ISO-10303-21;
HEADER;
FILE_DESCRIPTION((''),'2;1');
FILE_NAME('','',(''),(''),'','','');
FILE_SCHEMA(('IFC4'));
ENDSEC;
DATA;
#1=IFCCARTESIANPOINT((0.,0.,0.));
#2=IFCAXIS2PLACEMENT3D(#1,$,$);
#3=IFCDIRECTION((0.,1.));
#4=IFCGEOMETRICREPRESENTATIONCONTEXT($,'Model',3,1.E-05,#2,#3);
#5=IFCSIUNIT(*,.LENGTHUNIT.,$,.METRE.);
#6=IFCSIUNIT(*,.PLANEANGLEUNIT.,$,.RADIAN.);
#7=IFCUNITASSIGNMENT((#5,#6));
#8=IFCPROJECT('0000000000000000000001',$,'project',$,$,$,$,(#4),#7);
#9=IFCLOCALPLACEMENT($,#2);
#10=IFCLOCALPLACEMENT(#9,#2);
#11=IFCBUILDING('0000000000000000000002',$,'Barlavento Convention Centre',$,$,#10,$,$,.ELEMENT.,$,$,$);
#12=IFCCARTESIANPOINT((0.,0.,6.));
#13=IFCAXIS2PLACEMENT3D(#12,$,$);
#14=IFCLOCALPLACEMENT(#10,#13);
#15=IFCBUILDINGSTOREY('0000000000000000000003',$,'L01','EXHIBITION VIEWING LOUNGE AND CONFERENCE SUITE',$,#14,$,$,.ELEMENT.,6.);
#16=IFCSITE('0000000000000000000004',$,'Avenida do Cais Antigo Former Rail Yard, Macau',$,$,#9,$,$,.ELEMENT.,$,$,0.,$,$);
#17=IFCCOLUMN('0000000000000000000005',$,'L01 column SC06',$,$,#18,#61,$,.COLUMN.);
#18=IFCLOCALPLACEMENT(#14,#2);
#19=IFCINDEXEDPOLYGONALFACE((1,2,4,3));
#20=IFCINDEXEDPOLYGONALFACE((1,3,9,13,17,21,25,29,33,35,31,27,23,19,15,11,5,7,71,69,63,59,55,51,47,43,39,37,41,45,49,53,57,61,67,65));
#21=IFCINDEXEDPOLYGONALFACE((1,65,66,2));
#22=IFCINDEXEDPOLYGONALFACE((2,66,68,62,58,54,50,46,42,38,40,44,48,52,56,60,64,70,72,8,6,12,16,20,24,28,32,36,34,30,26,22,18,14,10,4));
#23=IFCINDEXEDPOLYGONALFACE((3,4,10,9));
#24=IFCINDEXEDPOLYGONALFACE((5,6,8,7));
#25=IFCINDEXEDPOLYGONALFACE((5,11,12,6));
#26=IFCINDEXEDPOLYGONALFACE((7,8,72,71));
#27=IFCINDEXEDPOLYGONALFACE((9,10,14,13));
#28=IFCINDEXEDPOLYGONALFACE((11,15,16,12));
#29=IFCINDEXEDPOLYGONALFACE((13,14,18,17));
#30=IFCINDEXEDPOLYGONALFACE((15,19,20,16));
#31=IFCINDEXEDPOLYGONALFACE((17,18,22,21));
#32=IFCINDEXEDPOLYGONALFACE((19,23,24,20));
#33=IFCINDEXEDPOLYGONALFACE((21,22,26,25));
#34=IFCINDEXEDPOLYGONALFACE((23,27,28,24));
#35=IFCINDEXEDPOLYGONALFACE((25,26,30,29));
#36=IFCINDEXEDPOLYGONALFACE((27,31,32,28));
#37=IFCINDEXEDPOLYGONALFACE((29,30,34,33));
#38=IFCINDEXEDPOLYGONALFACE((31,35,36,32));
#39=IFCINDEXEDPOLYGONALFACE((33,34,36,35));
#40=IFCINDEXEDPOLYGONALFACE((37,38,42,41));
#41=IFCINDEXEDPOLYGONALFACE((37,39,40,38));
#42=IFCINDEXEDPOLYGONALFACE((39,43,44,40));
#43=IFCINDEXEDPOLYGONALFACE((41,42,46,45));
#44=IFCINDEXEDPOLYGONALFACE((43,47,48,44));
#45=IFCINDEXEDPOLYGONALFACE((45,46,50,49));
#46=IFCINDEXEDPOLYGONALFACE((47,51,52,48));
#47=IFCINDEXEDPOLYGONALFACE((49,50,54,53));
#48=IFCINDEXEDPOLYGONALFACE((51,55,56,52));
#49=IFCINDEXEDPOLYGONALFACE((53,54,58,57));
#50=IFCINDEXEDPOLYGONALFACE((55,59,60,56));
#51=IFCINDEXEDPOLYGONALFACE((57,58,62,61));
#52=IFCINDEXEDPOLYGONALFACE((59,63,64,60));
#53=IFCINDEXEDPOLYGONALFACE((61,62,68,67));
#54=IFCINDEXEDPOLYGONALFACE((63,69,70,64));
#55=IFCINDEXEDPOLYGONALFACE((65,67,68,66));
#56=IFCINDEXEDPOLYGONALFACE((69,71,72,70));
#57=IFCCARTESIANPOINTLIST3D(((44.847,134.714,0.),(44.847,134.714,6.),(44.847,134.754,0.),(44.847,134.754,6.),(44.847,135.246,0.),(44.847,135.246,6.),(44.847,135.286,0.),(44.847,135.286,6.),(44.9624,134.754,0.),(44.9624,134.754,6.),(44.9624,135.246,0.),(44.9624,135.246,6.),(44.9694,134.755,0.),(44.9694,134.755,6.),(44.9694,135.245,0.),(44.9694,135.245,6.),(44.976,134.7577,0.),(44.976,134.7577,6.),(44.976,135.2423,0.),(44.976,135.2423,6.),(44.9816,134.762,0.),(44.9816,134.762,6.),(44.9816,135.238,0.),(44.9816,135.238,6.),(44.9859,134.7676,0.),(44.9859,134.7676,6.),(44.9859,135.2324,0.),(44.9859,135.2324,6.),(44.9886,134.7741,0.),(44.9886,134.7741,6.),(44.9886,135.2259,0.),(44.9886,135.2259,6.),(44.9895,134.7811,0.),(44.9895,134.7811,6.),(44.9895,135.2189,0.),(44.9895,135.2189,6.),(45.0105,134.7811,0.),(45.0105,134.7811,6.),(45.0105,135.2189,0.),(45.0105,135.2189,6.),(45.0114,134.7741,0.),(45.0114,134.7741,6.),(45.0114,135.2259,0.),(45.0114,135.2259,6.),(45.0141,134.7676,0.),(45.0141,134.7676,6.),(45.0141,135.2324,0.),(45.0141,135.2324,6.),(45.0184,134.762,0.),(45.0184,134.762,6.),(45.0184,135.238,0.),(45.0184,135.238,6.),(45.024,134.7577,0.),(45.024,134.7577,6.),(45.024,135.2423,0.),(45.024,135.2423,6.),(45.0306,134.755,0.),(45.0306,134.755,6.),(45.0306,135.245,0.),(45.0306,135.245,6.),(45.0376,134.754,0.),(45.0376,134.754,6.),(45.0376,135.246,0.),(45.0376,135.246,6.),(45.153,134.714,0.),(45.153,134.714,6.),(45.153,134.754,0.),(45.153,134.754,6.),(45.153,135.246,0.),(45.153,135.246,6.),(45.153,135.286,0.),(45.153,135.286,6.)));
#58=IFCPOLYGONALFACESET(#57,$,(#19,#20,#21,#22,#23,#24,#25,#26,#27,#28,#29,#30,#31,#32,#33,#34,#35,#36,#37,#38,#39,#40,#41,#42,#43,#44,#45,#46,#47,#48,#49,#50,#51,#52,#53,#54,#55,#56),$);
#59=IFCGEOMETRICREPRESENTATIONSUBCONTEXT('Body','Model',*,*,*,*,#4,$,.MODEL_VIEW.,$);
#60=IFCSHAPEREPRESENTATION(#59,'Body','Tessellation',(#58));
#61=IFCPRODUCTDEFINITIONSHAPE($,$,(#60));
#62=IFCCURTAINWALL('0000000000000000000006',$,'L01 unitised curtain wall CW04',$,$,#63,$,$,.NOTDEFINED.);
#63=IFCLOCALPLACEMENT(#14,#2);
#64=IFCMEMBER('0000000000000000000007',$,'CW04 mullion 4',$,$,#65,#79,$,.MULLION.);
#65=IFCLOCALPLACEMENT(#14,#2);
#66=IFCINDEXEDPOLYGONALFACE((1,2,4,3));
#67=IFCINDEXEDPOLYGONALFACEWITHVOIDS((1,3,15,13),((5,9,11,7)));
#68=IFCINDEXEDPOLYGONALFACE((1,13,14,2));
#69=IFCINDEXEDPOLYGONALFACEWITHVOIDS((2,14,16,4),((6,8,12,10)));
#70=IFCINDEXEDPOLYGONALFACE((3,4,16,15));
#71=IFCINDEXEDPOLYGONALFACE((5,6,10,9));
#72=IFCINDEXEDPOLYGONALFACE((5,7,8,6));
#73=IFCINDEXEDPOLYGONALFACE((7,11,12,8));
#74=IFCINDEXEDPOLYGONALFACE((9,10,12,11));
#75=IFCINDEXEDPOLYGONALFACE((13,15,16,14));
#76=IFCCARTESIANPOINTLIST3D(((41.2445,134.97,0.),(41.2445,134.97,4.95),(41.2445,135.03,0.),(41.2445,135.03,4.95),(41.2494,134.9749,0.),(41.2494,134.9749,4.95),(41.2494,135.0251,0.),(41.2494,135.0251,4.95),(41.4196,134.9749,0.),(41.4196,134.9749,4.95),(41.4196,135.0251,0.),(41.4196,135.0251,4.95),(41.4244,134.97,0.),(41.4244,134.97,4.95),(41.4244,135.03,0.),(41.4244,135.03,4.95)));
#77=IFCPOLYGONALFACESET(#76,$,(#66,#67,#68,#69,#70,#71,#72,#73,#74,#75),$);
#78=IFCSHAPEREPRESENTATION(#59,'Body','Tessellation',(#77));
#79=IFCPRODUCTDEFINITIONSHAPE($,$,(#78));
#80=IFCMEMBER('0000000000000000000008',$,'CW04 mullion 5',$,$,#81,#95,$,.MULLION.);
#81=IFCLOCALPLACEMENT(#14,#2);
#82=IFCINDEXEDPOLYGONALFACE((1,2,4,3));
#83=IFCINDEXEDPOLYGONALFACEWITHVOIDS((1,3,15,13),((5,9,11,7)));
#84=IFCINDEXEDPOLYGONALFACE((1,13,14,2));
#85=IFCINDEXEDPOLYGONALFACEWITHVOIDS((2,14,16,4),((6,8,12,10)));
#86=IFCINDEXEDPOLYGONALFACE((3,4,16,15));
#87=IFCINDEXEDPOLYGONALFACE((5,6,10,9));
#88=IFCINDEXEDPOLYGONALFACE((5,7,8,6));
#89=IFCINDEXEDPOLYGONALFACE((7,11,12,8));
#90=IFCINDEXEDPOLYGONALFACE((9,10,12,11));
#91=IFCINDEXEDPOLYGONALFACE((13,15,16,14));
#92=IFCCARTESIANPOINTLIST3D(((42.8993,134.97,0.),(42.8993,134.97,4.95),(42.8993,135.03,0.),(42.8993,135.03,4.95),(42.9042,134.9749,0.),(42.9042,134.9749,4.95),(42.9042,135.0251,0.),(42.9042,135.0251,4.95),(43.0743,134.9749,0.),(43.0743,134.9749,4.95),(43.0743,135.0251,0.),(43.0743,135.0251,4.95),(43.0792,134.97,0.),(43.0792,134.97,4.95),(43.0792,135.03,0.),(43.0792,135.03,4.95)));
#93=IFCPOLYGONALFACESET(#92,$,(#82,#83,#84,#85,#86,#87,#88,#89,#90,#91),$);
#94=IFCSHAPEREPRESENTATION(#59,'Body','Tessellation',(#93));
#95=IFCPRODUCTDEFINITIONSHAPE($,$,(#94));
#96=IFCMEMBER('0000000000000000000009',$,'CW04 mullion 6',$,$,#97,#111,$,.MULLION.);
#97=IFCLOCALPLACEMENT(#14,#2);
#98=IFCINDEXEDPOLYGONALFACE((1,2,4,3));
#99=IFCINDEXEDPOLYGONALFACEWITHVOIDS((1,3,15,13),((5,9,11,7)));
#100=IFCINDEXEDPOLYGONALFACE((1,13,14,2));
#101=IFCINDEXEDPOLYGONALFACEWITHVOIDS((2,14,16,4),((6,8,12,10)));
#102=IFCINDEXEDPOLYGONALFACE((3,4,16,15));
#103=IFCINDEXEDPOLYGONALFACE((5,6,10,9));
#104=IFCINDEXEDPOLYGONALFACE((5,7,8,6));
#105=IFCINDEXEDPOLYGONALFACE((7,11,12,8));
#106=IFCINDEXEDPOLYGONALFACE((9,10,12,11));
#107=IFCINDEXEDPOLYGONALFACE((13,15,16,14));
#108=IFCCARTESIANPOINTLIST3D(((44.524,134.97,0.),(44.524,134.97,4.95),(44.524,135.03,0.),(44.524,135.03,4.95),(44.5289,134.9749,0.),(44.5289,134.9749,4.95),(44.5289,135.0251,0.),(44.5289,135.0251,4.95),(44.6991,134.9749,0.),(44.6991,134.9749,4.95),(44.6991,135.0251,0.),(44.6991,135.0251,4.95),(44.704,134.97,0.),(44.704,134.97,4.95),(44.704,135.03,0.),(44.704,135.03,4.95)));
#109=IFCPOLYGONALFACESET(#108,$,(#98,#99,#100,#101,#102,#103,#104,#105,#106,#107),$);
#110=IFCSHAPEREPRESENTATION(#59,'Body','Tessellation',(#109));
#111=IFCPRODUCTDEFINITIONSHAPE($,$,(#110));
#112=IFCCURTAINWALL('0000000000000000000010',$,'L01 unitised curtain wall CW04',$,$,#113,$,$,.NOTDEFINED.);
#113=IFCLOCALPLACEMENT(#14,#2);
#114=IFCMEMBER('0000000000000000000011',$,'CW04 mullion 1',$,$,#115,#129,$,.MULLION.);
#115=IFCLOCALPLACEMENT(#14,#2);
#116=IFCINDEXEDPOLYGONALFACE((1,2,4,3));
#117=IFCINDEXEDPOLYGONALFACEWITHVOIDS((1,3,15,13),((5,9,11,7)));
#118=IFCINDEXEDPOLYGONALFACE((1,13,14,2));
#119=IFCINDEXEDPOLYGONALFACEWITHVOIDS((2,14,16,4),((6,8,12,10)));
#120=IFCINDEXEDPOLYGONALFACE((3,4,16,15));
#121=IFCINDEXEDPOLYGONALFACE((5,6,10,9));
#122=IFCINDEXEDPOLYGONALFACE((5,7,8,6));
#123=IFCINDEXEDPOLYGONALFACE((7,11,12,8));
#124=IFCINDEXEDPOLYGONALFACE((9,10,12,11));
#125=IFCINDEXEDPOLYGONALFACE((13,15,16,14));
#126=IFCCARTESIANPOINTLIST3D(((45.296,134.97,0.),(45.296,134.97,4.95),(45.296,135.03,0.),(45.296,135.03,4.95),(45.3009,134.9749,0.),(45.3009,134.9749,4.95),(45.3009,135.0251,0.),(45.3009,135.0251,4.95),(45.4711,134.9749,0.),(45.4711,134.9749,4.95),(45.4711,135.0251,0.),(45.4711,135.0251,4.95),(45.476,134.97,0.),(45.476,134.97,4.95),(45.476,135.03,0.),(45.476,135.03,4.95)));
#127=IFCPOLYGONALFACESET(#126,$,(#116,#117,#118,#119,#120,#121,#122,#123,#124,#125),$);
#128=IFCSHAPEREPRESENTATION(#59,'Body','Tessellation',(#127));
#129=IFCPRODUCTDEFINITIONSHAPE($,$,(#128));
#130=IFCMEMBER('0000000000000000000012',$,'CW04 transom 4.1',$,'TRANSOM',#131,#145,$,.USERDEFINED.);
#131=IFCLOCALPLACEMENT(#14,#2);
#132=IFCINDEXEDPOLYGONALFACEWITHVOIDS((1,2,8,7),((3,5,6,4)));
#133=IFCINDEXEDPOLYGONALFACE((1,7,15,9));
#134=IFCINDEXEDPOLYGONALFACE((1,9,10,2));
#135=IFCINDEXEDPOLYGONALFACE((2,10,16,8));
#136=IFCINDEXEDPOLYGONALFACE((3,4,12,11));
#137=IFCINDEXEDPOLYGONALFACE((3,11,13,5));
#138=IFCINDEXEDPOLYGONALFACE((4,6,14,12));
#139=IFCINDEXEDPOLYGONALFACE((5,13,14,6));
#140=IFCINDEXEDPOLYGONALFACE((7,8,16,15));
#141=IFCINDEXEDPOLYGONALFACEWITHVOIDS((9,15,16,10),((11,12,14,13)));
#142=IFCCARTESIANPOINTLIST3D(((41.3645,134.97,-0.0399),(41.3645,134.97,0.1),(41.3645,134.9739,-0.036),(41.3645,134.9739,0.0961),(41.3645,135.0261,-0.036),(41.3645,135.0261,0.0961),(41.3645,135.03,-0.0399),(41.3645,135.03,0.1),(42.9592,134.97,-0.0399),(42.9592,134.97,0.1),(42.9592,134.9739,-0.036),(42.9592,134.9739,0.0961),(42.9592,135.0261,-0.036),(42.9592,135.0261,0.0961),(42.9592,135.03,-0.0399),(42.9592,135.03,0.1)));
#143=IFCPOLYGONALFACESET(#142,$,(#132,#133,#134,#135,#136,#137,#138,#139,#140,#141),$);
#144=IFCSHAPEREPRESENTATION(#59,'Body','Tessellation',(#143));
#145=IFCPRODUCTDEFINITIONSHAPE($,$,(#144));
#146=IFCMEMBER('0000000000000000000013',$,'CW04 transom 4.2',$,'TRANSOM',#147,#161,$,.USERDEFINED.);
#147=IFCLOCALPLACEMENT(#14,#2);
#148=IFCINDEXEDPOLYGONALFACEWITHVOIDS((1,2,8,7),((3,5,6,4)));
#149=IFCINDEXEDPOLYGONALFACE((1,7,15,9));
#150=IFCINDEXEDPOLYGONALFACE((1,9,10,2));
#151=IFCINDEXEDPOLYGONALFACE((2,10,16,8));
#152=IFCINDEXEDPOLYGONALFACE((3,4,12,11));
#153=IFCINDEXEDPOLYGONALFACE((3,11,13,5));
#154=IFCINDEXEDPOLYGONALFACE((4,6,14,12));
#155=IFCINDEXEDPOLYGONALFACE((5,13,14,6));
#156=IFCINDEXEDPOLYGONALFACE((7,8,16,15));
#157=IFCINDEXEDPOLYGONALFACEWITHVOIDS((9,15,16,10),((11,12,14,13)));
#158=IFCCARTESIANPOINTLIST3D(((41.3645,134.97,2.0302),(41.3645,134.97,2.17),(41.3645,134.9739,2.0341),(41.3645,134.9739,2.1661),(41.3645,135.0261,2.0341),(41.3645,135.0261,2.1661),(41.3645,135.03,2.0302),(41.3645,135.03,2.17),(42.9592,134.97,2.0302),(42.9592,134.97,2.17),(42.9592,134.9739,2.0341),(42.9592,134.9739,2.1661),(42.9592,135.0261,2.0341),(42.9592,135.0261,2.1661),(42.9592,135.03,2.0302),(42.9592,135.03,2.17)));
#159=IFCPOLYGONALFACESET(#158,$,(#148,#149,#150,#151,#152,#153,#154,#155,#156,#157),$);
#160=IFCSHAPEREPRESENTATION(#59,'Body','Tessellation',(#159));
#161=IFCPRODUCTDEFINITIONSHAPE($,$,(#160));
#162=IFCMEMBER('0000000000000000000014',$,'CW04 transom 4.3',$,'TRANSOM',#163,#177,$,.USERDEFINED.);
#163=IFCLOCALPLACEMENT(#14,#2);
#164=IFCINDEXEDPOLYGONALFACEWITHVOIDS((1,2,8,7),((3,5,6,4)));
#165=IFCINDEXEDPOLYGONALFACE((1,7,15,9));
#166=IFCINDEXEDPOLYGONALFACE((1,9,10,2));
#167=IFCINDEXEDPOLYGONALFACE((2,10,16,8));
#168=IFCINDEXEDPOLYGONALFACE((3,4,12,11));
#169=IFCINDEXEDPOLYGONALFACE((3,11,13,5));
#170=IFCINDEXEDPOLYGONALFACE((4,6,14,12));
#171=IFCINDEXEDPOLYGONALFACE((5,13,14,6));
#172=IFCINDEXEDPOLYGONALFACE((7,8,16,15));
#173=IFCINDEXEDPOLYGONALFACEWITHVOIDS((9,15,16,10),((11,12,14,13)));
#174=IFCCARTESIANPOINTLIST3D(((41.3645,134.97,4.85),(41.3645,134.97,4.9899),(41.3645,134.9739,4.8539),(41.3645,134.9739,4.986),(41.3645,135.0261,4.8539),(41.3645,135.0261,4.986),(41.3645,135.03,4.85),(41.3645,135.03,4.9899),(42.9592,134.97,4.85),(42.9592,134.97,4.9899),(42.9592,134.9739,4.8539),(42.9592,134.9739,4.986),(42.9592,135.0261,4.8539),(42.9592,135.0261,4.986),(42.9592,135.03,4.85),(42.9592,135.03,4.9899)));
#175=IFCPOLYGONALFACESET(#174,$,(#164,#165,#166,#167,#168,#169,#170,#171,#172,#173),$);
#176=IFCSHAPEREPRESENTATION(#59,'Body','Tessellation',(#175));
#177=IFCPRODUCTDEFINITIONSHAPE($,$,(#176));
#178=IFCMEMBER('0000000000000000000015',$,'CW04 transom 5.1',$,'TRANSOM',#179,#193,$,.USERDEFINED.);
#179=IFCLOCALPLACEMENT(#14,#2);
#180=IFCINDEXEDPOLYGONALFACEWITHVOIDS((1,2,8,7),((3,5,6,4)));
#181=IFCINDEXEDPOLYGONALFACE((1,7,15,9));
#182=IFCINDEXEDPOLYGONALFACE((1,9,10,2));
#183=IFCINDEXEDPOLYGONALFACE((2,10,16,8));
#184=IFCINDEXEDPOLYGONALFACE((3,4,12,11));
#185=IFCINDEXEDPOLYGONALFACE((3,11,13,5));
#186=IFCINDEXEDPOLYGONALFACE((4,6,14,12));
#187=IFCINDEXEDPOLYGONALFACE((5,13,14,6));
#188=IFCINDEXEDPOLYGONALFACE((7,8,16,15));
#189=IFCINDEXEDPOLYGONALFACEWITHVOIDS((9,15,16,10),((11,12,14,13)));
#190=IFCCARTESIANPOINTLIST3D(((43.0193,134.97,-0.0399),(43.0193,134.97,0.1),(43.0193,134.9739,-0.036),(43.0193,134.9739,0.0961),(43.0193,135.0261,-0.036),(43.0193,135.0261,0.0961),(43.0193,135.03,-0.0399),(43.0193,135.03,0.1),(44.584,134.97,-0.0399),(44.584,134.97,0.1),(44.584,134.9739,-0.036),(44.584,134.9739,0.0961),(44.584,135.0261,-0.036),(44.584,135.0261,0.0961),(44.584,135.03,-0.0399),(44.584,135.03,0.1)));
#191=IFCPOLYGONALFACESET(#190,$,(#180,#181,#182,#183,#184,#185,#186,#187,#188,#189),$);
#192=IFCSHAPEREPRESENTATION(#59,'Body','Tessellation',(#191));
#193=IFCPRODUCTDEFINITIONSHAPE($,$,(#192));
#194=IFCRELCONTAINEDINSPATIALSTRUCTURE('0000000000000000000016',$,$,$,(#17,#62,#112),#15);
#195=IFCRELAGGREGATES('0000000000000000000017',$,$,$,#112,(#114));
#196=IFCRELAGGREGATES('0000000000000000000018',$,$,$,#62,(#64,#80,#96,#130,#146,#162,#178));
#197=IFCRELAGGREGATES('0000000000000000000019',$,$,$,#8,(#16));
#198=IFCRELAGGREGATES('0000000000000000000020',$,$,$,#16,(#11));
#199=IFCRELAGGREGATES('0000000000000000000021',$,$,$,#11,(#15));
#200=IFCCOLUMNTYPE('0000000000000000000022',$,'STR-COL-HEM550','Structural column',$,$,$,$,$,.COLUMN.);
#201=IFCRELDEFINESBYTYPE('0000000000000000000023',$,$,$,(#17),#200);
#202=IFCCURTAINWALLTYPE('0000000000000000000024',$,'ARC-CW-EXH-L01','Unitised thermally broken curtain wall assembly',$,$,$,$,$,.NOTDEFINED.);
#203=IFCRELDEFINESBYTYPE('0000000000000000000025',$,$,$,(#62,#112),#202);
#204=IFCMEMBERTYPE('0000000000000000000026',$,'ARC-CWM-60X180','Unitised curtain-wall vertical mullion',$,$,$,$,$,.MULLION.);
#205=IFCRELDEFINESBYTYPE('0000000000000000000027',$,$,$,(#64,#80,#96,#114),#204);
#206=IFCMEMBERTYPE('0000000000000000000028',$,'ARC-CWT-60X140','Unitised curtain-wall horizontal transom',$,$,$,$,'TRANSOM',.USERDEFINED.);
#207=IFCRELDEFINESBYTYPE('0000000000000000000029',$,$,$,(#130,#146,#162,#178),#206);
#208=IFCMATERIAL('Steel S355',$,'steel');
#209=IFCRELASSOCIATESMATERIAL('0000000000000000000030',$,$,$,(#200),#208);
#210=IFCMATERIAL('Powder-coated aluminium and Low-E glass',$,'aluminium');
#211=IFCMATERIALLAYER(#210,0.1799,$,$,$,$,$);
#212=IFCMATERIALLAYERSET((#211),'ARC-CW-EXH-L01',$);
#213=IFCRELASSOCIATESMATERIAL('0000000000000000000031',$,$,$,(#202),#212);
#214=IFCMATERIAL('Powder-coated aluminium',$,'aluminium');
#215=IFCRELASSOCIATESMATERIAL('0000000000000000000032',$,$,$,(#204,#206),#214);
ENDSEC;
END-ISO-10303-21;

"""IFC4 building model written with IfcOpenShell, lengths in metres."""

from ifc_helpers import new_model, si_unit, direction, frame, origin, origin_2d, place, context, subcontext, project, spatial, hollow_rectangle, i_section, extrude, material, layer, layer_set, material_profile, profile_set, type_object, element, aggregate, save


model = new_model("IFC4")

# Units and contexts
model_context = context("Model", 3, precision=1e-05, world=origin(), true_north=direction((0.0, 1.0)))
body_context = subcontext(model_context, "Body", "Model", "MODEL_VIEW")
ifc_project = project(units=[si_unit("LENGTHUNIT", "METRE"), si_unit("PLANEANGLEUNIT", "RADIAN")], contexts=[model_context])

# Site, building, storey
site_placement = place(None, origin())
site = spatial("IfcSite", under=ifc_project, at=site_placement, Name="Avenida do Cais Antigo Former Rail Yard, Macau", CompositionType="ELEMENT", RefElevation=0.0)
building_placement = place(site_placement, origin())
building = spatial("IfcBuilding", under=site, at=building_placement, Name="Barlavento Convention Centre", CompositionType="ELEMENT")
storey_placement = place(building_placement, frame((0.0, 0.0, 6.0)))
storey = spatial("IfcBuildingStorey", under=building, at=storey_placement, Name="L01", Description="EXHIBITION VIEWING LOUNGE AND CONFERENCE SUITE", CompositionType="ELEMENT", Elevation=6.0)

# Column
ifc_material_1 = material(Name="Steel S355", Category="steel")
ifc_material_profile_1 = material_profile(ifc_material_1, i_section(OverallWidth=0.3059, OverallDepth=0.572, WebThickness=0.021, FlangeThickness=0.04, FilletRadius=0.0271, at=origin_2d()), Name="HEM 550")
ifc_profile_set_1 = profile_set([ifc_material_profile_1], Name="Steel S355")
column_type = type_object("IfcColumnType", Name="STR-COL-HEM550", Description="Structural column", PredefinedType="COLUMN", material=ifc_profile_set_1)
column_placement = place(storey_placement, frame((45.0, 135.0, 0.0), z_axis=(0.0, 0.0, 1.0), x_axis=(1.0, 0.0, 0.0)))
element("IfcColumn", 1, at=column_placement, inside=storey, type_object=column_type, Name="L01 column SC06", PredefinedType="COLUMN", context=body_context, shape_type="SweptSolid", body=[
    extrude(i_section(OverallWidth=0.3059, OverallDepth=0.572, WebThickness=0.021, FlangeThickness=0.04, FilletRadius=0.0271, at=origin_2d()), origin(), (0.0, 0.0, 1.0), 6.0),
])

# Curtain wall, members
ifc_material_2 = material(Name="Powder-coated aluminium and Low-E glass", Category="aluminium")
ifc_layer_1 = layer(ifc_material_2, 0.1799)
ifc_layer_set_1 = layer_set([ifc_layer_1], Name="ARC-CW-EXH-L01")
curtain_wall_type = type_object("IfcCurtainWallType", Name="ARC-CW-EXH-L01", Description="Unitised thermally broken curtain wall assembly", PredefinedType="NOTDEFINED", material=ifc_layer_set_1)
curtain_wall_1_placement = place(storey_placement, origin())
curtain_wall_1 = element("IfcCurtainWall", 2, at=curtain_wall_1_placement, inside=storey, type_object=curtain_wall_type, Name="L01 unitised curtain wall CW04", PredefinedType="NOTDEFINED")
ifc_material_3 = material(Name="Powder-coated aluminium", Category="aluminium")
ifc_material_profile_2 = material_profile(ifc_material_3, hollow_rectangle(XDim=0.0601, YDim=0.1799, WallThickness=0.0049, at=origin_2d()), Name="AL-MULL 60x180x5")
ifc_profile_set_2 = profile_set([ifc_material_profile_2], Name="Powder-coated aluminium")
member_type_1 = type_object("IfcMemberType", Name="ARC-CWM-60X180", Description="Unitised curtain-wall vertical mullion", PredefinedType="MULLION", material=ifc_profile_set_2)
member_1_placement = place(storey_placement, frame((41.3345, 135.0, 0.0), z_axis=(0.0, 0.0, 1.0), x_axis=(0.0, 1.0, 0.0)))
member_1 = element("IfcMember", 3, at=member_1_placement, type_object=member_type_1, Name="CW04 mullion 4", PredefinedType="MULLION", context=body_context, shape_type="SweptSolid", body=[
    extrude(hollow_rectangle(XDim=0.0601, YDim=0.1799, WallThickness=0.0049, at=origin_2d()), origin(), (0.0, 0.0, 1.0), 4.95),
])
member_2_placement = place(storey_placement, frame((42.9893, 135.0, 0.0), z_axis=(0.0, 0.0, 1.0), x_axis=(0.0, 1.0, 0.0)))
member_2 = element("IfcMember", 4, at=member_2_placement, type_object=member_type_1, Name="CW04 mullion 5", PredefinedType="MULLION", context=body_context, shape_type="SweptSolid", body=[
    extrude(hollow_rectangle(XDim=0.0601, YDim=0.1799, WallThickness=0.0049, at=origin_2d()), origin(), (0.0, 0.0, 1.0), 4.95),
])
member_3_placement = place(storey_placement, frame((44.614, 135.0, 0.0), z_axis=(0.0, 0.0, 1.0), x_axis=(0.0, 1.0, 0.0)))
member_3 = element("IfcMember", 5, at=member_3_placement, type_object=member_type_1, Name="CW04 mullion 6", PredefinedType="MULLION", context=body_context, shape_type="SweptSolid", body=[
    extrude(hollow_rectangle(XDim=0.0601, YDim=0.1799, WallThickness=0.0049, at=origin_2d()), origin(), (0.0, 0.0, 1.0), 4.95),
])

# Curtain wall, member
curtain_wall_2_placement = place(storey_placement, origin())
curtain_wall_2 = element("IfcCurtainWall", 6, at=curtain_wall_2_placement, inside=storey, type_object=curtain_wall_type, Name="L01 unitised curtain wall CW04", PredefinedType="NOTDEFINED")
member_4_placement = place(storey_placement, frame((45.386, 135.0, 0.0), z_axis=(0.0, 0.0, 1.0), x_axis=(0.0, 1.0, 0.0)))
member_4 = element("IfcMember", 7, at=member_4_placement, type_object=member_type_1, Name="CW04 mullion 1", PredefinedType="MULLION", context=body_context, shape_type="SweptSolid", body=[
    extrude(hollow_rectangle(XDim=0.0601, YDim=0.1799, WallThickness=0.0049, at=origin_2d()), origin(), (0.0, 0.0, 1.0), 4.95),
])

# Members
ifc_material_profile_3 = material_profile(ifc_material_3, hollow_rectangle(XDim=0.0601, YDim=0.1399, WallThickness=0.0039, at=origin_2d()), Name="AL-TRAN 60x140x4")
ifc_profile_set_3 = profile_set([ifc_material_profile_3], Name="Powder-coated aluminium")
member_type_2 = type_object("IfcMemberType", Name="ARC-CWT-60X140", Description="Unitised curtain-wall horizontal transom", ElementType="TRANSOM", PredefinedType="USERDEFINED", material=ifc_profile_set_3)
member_5_placement = place(storey_placement, frame((41.3645, 135.0, 0.03), z_axis=(1.0, 0.0, 0.0), x_axis=(0.0, 1.0, 0.0)))
member_5 = element("IfcMember", 8, at=member_5_placement, type_object=member_type_2, Name="CW04 transom 4.1", ObjectType="TRANSOM", PredefinedType="USERDEFINED", context=body_context, shape_type="SweptSolid", body=[
    extrude(hollow_rectangle(XDim=0.0601, YDim=0.1399, WallThickness=0.0039, at=origin_2d()), origin(), (0.0, 0.0, 1.0), 1.5947),
])
member_6_placement = place(storey_placement, frame((41.3645, 135.0, 2.1001), z_axis=(1.0, 0.0, 0.0), x_axis=(0.0, 1.0, 0.0)))
member_6 = element("IfcMember", 9, at=member_6_placement, type_object=member_type_2, Name="CW04 transom 4.2", ObjectType="TRANSOM", PredefinedType="USERDEFINED", context=body_context, shape_type="SweptSolid", body=[
    extrude(hollow_rectangle(XDim=0.0601, YDim=0.1399, WallThickness=0.0039, at=origin_2d()), origin(), (0.0, 0.0, 1.0), 1.5947),
])
member_7_placement = place(storey_placement, frame((41.3645, 135.0, 4.9199), z_axis=(1.0, 0.0, 0.0), x_axis=(0.0, 1.0, 0.0)))
member_7 = element("IfcMember", 10, at=member_7_placement, type_object=member_type_2, Name="CW04 transom 4.3", ObjectType="TRANSOM", PredefinedType="USERDEFINED", context=body_context, shape_type="SweptSolid", body=[
    extrude(hollow_rectangle(XDim=0.0601, YDim=0.1399, WallThickness=0.0039, at=origin_2d()), origin(), (0.0, 0.0, 1.0), 1.5947),
])
member_8_placement = place(storey_placement, frame((43.0193, 135.0, 0.03), z_axis=(1.0, 0.0, 0.0), x_axis=(0.0, 1.0, 0.0)))
member_8 = element("IfcMember", 11, at=member_8_placement, type_object=member_type_2, Name="CW04 transom 5.1", ObjectType="TRANSOM", PredefinedType="USERDEFINED", context=body_context, shape_type="SweptSolid", body=[
    extrude(hollow_rectangle(XDim=0.0601, YDim=0.1399, WallThickness=0.0039, at=origin_2d()), origin(), (0.0, 0.0, 1.0), 1.5647),
])
aggregate(curtain_wall_2, [member_4])

aggregate(curtain_wall_1, [member_1, member_2, member_3, member_5, member_6, member_7, member_8])

save(model, "model.ifc")
